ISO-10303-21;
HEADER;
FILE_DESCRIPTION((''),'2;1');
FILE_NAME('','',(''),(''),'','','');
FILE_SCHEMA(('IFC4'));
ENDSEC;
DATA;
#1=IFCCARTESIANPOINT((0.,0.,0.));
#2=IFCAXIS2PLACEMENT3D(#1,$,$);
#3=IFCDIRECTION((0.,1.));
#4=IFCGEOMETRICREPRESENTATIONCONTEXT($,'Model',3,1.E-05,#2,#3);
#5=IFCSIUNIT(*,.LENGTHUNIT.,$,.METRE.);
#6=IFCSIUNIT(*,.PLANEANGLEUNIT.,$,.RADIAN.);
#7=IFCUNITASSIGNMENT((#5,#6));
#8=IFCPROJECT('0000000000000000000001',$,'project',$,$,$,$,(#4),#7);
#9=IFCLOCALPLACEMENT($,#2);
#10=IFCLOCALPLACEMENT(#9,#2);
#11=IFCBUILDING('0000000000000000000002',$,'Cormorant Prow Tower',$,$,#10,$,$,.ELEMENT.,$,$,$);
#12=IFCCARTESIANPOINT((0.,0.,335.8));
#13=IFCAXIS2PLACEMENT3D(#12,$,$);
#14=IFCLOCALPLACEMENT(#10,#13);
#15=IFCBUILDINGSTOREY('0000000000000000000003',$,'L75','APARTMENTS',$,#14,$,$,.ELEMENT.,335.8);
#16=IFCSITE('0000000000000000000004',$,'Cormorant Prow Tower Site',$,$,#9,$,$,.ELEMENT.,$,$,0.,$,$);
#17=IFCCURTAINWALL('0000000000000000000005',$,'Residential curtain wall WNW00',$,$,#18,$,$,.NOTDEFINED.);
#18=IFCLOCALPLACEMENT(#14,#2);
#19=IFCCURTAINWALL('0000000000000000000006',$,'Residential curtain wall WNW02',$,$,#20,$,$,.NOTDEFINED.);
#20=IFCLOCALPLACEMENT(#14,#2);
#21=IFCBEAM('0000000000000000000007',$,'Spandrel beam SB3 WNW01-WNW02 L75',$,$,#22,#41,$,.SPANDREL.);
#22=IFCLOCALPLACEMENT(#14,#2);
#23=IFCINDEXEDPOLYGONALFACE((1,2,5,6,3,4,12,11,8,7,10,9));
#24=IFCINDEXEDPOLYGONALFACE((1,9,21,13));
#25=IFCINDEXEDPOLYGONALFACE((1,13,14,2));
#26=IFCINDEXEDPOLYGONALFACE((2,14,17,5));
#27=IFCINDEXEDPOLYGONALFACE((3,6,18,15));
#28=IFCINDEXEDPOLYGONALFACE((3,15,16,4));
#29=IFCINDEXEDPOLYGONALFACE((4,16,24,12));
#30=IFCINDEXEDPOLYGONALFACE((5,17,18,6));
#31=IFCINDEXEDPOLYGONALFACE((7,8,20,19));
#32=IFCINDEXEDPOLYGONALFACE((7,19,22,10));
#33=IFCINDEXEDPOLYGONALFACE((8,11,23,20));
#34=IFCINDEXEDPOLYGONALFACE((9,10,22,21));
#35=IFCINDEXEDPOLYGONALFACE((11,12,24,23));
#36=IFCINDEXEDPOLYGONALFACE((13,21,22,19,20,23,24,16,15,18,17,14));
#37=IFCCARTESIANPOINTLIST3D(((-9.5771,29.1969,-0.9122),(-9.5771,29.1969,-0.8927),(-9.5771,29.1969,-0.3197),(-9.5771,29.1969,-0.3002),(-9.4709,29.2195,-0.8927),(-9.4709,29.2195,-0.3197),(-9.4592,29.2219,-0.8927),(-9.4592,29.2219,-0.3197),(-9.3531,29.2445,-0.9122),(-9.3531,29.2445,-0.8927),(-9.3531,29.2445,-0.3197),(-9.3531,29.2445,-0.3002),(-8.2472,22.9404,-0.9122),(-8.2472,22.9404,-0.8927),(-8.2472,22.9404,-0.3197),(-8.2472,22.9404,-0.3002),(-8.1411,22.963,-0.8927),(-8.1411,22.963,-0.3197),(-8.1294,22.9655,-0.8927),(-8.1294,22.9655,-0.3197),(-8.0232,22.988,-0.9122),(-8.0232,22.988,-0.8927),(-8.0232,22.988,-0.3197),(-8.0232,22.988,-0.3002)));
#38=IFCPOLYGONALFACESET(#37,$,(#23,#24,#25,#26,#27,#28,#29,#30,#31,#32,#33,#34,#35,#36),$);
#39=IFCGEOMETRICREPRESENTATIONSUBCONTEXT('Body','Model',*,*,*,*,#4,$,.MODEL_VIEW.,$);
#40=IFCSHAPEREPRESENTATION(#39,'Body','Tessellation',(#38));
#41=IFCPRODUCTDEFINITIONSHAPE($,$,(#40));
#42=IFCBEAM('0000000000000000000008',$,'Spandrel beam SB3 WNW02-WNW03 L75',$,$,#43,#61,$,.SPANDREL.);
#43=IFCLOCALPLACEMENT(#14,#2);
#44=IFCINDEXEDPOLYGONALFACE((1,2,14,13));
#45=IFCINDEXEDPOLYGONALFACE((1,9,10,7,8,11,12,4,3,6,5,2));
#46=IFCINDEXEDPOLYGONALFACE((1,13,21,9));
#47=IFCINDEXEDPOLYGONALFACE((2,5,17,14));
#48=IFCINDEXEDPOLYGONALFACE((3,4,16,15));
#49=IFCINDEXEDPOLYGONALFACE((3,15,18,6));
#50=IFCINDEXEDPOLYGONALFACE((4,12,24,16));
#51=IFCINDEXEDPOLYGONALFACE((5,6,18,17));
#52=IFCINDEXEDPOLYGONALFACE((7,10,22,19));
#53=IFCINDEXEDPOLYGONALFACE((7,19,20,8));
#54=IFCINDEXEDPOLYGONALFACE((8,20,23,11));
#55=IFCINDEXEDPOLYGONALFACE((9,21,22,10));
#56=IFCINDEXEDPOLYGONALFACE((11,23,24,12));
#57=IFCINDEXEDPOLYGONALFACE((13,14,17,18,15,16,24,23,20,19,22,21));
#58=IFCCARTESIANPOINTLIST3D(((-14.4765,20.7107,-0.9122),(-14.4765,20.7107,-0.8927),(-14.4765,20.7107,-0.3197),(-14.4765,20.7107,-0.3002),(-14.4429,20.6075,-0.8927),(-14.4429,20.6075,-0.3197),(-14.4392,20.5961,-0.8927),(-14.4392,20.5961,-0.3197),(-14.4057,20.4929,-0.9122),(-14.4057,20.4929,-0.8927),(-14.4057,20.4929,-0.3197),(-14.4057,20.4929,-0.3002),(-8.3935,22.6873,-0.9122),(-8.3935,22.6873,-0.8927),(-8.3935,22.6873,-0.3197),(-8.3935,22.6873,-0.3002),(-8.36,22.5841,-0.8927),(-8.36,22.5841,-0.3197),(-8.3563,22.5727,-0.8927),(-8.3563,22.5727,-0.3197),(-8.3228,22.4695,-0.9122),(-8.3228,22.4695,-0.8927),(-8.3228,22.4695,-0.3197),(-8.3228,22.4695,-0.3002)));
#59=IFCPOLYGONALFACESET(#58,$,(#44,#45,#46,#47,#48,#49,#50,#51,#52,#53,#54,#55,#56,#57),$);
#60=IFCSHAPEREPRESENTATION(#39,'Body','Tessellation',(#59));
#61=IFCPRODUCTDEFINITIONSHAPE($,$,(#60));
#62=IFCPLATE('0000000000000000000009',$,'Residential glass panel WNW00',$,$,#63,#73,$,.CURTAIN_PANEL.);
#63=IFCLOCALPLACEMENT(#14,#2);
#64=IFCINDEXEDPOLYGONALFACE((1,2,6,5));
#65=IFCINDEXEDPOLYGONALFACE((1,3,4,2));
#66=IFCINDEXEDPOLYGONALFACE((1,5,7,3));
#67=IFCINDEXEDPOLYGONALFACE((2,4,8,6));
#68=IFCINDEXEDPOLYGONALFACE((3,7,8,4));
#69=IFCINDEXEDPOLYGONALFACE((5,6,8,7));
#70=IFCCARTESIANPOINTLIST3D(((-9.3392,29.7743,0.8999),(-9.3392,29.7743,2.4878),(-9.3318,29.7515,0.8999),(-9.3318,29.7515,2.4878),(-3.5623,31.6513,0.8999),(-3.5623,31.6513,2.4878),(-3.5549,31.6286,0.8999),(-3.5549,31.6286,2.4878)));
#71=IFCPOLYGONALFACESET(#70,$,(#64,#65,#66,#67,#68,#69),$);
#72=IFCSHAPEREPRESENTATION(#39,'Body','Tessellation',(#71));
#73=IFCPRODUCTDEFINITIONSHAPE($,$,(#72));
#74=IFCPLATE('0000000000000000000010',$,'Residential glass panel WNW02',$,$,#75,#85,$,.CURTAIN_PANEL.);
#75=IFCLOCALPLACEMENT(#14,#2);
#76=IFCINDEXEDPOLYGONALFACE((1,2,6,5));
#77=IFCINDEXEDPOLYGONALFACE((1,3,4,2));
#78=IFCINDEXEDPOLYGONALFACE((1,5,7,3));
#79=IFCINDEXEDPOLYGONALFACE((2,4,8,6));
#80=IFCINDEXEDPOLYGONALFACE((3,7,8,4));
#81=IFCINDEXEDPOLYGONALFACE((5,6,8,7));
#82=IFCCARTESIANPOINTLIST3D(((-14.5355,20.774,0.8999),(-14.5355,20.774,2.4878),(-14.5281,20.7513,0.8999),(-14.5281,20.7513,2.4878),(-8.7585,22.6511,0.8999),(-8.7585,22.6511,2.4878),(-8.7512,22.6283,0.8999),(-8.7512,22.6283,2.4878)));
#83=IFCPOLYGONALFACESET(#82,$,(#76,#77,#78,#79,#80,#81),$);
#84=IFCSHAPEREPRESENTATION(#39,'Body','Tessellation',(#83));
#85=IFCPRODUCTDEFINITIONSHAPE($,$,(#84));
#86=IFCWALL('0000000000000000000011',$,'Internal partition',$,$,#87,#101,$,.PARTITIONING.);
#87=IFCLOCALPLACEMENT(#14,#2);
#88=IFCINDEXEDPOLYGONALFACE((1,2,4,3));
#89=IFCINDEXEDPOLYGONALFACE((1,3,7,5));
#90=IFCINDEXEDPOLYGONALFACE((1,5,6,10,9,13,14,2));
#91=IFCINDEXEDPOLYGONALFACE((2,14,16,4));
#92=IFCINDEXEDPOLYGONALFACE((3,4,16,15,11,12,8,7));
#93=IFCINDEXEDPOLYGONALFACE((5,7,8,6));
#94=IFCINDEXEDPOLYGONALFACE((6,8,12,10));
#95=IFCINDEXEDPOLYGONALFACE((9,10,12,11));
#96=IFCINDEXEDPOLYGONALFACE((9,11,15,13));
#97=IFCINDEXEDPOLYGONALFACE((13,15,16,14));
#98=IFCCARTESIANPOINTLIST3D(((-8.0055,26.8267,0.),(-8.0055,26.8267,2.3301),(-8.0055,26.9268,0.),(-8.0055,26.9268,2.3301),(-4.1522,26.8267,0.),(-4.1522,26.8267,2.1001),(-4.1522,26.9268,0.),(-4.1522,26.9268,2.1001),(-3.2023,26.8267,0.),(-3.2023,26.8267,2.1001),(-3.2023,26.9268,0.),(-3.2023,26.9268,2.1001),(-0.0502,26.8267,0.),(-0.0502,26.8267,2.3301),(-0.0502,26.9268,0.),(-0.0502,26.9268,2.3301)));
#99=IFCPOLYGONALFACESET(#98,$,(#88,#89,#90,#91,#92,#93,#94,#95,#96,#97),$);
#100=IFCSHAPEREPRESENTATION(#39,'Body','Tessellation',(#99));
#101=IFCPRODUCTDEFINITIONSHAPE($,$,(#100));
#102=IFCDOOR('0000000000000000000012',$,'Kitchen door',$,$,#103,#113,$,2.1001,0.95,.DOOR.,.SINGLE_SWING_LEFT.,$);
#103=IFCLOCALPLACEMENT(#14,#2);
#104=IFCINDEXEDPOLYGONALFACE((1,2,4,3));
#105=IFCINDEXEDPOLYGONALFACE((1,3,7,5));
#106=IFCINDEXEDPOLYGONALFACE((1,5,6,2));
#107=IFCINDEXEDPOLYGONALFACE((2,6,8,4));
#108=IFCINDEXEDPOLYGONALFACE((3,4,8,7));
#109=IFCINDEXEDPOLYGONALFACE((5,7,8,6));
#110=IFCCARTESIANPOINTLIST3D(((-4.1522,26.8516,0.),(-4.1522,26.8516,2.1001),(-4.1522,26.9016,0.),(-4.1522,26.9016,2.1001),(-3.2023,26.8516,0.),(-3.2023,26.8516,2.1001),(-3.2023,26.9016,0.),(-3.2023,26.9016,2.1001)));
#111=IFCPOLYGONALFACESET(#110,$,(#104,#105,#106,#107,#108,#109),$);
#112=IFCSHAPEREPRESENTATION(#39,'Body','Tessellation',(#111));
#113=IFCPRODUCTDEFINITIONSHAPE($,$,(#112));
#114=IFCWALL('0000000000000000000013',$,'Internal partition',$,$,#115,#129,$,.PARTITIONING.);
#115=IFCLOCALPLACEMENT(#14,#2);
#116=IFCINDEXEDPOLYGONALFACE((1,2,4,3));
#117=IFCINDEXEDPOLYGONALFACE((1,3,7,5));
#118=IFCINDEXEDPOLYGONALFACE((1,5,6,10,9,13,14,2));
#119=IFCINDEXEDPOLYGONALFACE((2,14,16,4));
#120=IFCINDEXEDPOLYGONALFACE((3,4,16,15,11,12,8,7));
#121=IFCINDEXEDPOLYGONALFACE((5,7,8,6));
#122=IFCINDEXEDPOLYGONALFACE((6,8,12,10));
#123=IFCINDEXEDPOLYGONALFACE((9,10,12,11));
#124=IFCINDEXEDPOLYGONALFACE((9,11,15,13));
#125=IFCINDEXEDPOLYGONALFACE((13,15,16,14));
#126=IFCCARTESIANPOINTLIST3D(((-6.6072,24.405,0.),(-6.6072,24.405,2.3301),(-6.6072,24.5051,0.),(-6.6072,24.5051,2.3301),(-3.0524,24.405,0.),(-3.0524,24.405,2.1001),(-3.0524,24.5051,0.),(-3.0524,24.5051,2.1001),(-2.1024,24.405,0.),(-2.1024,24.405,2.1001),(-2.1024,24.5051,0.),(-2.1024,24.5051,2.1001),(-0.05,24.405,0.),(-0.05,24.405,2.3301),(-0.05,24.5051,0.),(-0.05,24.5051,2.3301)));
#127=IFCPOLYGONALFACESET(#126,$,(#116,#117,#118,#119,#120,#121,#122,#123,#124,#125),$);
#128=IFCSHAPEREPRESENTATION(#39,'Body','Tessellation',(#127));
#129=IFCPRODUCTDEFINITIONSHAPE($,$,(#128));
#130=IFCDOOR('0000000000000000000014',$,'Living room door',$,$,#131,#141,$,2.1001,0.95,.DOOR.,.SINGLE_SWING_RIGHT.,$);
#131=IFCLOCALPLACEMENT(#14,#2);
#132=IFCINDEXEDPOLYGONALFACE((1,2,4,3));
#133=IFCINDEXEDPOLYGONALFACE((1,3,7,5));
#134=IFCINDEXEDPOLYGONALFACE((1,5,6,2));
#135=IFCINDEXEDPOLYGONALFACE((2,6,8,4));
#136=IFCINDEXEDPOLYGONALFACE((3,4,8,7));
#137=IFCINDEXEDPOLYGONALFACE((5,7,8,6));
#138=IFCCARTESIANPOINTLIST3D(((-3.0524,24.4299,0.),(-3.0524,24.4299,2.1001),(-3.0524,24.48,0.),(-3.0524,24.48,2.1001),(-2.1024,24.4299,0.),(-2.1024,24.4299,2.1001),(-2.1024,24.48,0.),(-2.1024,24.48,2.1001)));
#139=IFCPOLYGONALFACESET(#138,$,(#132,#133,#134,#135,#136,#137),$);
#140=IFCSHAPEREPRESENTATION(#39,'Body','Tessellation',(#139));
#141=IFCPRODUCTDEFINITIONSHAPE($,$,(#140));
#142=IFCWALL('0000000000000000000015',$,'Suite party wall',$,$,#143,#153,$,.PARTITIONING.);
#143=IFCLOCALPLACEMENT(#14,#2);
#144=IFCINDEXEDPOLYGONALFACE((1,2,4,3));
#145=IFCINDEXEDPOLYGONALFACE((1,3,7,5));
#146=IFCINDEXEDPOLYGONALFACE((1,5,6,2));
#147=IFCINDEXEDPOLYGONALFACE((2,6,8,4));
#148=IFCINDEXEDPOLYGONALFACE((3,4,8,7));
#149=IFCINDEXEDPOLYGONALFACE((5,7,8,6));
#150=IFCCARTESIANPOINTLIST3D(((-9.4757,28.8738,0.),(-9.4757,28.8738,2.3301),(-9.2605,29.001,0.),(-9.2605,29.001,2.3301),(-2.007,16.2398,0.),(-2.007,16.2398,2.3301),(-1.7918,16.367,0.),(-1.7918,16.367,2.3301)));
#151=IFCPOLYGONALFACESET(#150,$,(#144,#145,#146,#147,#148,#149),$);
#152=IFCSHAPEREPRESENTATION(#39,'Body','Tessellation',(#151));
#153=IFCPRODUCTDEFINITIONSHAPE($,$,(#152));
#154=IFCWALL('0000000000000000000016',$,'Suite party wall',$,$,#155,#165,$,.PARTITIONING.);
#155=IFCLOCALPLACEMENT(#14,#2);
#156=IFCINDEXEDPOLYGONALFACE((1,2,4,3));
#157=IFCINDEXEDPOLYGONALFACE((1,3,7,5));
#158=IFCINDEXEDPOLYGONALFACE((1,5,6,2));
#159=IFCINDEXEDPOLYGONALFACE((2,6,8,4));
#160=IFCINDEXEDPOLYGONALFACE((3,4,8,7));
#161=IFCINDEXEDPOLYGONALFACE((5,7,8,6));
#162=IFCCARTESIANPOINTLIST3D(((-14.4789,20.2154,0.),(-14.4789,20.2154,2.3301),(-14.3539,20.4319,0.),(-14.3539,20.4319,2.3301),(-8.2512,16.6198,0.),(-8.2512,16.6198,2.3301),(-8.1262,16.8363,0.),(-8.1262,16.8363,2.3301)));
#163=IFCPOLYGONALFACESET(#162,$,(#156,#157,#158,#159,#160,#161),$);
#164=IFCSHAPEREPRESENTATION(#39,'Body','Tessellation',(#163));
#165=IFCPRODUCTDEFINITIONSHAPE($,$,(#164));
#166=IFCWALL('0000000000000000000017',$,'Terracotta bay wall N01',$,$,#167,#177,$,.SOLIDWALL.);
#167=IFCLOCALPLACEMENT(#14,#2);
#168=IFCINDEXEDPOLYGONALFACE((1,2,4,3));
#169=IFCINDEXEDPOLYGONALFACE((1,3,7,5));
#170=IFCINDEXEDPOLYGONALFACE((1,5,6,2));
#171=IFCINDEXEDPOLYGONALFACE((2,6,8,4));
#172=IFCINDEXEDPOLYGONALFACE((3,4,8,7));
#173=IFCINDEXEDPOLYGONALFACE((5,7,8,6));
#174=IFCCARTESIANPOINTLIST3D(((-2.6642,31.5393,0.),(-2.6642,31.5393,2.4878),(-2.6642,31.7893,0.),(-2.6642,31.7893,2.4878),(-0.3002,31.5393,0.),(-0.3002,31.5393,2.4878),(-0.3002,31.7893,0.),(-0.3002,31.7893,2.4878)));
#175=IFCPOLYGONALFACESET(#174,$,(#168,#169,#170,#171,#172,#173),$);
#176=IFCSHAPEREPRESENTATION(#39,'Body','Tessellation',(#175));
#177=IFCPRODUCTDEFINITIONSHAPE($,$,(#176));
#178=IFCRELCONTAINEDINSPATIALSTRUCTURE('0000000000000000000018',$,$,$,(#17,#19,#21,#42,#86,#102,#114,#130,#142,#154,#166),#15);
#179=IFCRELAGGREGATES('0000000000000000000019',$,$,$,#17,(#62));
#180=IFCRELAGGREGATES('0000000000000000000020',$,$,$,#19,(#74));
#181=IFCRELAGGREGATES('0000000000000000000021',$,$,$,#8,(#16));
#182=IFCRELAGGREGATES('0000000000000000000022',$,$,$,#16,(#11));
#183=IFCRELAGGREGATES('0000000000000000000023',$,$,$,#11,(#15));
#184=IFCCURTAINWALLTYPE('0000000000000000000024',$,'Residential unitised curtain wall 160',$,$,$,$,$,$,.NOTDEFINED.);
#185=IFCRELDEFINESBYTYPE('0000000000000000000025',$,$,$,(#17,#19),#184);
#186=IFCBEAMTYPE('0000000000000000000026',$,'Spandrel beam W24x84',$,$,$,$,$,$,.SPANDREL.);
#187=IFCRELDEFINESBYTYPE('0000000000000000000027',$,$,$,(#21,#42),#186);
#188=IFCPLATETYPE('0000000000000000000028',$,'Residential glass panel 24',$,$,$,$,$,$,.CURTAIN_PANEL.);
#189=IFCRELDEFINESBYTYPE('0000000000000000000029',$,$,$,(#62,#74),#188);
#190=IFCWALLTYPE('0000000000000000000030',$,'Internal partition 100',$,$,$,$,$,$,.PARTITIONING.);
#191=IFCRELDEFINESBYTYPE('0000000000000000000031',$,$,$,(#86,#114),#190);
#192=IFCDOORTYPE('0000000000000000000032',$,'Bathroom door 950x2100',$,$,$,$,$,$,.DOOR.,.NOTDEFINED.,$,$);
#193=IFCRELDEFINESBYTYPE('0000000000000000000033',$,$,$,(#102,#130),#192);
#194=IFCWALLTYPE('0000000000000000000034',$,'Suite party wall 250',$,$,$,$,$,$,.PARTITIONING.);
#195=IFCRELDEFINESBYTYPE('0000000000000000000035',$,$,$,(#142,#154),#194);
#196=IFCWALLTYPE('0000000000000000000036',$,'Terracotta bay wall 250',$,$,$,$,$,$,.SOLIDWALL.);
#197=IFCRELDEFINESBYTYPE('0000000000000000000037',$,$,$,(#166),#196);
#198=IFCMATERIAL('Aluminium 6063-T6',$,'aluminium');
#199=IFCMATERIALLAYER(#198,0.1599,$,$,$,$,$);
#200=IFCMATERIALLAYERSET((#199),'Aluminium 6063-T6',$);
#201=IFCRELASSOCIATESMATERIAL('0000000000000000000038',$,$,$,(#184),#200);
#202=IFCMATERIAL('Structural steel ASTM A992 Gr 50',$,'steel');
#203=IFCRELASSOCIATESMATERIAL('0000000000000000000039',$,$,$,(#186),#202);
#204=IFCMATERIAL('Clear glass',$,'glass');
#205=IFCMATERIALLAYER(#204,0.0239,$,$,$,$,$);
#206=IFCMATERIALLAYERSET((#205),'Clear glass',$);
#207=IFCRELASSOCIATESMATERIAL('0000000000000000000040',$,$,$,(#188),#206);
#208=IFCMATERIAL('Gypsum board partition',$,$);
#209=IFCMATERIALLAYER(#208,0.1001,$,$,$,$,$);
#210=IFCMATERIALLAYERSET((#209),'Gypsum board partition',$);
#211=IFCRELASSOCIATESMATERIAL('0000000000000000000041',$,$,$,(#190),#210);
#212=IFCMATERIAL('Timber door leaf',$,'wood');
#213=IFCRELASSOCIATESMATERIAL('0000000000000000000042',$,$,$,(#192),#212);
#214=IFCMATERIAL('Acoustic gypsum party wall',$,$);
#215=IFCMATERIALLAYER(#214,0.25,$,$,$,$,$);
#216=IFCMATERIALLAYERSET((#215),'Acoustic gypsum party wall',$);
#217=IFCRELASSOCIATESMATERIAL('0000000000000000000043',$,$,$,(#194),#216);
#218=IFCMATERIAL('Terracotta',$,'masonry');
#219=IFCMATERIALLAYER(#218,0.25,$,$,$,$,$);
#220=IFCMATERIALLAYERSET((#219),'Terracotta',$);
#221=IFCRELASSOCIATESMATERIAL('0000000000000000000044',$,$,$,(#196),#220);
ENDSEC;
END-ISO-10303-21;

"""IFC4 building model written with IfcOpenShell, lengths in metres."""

from ifc_helpers import new_model, si_unit, direction, frame, frame_2d, origin, origin_2d, place, context, subcontext, project, spatial, rectangle, i_section, extrude, material, layer, layer_set, material_profile, profile_set, type_object, element, fill, aggregate, save


model = new_model("IFC4")

# Units and contexts
model_context = context("Model", 3, precision=1e-05, world=origin(), true_north=direction((0.0, 1.0)))
body_context = subcontext(model_context, "Body", "Model", "MODEL_VIEW")
ifc_project = project(units=[si_unit("LENGTHUNIT", "METRE"), si_unit("PLANEANGLEUNIT", "RADIAN")], contexts=[model_context])

# Site, building, storey
site_placement = place(None, origin())
site = spatial("IfcSite", under=ifc_project, at=site_placement, Name="Cormorant Prow Tower Site", CompositionType="ELEMENT", RefElevation=0.0)
building_placement = place(site_placement, origin())
building = spatial("IfcBuilding", under=site, at=building_placement, Name="Cormorant Prow Tower", CompositionType="ELEMENT")
storey_placement = place(building_placement, frame((0.0, 0.0, 335.8)))
storey = spatial("IfcBuildingStorey", under=building, at=storey_placement, Name="L75", Description="APARTMENTS", CompositionType="ELEMENT", Elevation=335.8)

# Curtain walls
ifc_material_1 = material(Name="Aluminium 6063-T6", Category="aluminium")
ifc_layer_1 = layer(ifc_material_1, 0.1599)
ifc_layer_set_1 = layer_set([ifc_layer_1], Name="Aluminium 6063-T6")
curtain_wall_type = type_object("IfcCurtainWallType", Name="Residential unitised curtain wall 160", PredefinedType="NOTDEFINED", material=ifc_layer_set_1)
curtain_wall_1_placement = place(storey_placement, origin())
curtain_wall_1 = element("IfcCurtainWall", 1, at=curtain_wall_1_placement, inside=storey, type_object=curtain_wall_type, Name="Residential curtain wall WNW00", PredefinedType="NOTDEFINED")
curtain_wall_2_placement = place(storey_placement, origin())
curtain_wall_2 = element("IfcCurtainWall", 2, at=curtain_wall_2_placement, inside=storey, type_object=curtain_wall_type, Name="Residential curtain wall WNW02", PredefinedType="NOTDEFINED")

# Beams
ifc_material_2 = material(Name="Structural steel ASTM A992 Gr 50", Category="steel")
ifc_material_profile_1 = material_profile(ifc_material_2, i_section(OverallWidth=0.229, OverallDepth=0.6121, WebThickness=0.012, FlangeThickness=0.0195, at=origin_2d()), Name="W24x84")
ifc_profile_set_1 = profile_set([ifc_material_profile_1], Name="Structural steel ASTM A992 Gr 50")
beam_type = type_object("IfcBeamType", Name="Spandrel beam W24x84", PredefinedType="SPANDREL", material=ifc_profile_set_1)
beam_1_placement = place(storey_placement, frame((-9.4651, 29.2207, -0.6062), z_axis=(0.207913, -0.978147, 0.0), x_axis=(0.978147, 0.207913, 0.0)))
element("IfcBeam", 3, at=beam_1_placement, inside=storey, type_object=beam_type, Name="Spandrel beam SB3 WNW01-WNW02 L75", PredefinedType="SPANDREL", context=body_context, shape_type="SweptSolid", body=[
    extrude(i_section(OverallWidth=0.229, OverallDepth=0.6121, WebThickness=0.012, FlangeThickness=0.0195, at=origin_2d()), origin(), (0.0, 0.0, 1.0), 6.3962),
])
beam_2_placement = place(storey_placement, frame((-8.3582, 22.5784, -0.6062), z_axis=(-0.951053, -0.309027, 0.0), x_axis=(0.309027, -0.951053, 0.0)))
element("IfcBeam", 4, at=beam_2_placement, inside=storey, type_object=beam_type, Name="Spandrel beam SB3 WNW02-WNW03 L75", PredefinedType="SPANDREL", context=body_context, shape_type="SweptSolid", body=[
    extrude(i_section(OverallWidth=0.229, OverallDepth=0.6121, WebThickness=0.012, FlangeThickness=0.0195, at=origin_2d()), origin(), (0.0, 0.0, 1.0), 6.396),
])

# Plates
ifc_material_3 = material(Name="Clear glass", Category="glass")
ifc_layer_2 = layer(ifc_material_3, 0.0239)
ifc_layer_set_2 = layer_set([ifc_layer_2], Name="Clear glass")
plate_type = type_object("IfcPlateType", Name="Residential glass panel 24", PredefinedType="CURTAIN_PANEL", material=ifc_layer_set_2)
plate_1_placement = place(storey_placement, frame((-6.447, 30.7014, 0.8999), z_axis=(0.0, 0.0, 1.0), x_axis=(-0.951057, -0.309017, 0.0)))
plate_1 = element("IfcPlate", 5, at=plate_1_placement, type_object=plate_type, Name="Residential glass panel WNW00", PredefinedType="CURTAIN_PANEL", context=body_context, shape_type="SweptSolid", body=[
    extrude(rectangle(XDim=6.0742, YDim=0.0239, at=origin_2d()), origin(), (0.0, 0.0, 1.0), 1.5879),
])
aggregate(curtain_wall_1, [plate_1])
plate_2_placement = place(storey_placement, frame((-11.6433, 21.7012, 0.8999), z_axis=(0.0, 0.0, 1.0), x_axis=(-0.951057, -0.309017, 0.0)))
plate_2 = element("IfcPlate", 6, at=plate_2_placement, type_object=plate_type, Name="Residential glass panel WNW02", PredefinedType="CURTAIN_PANEL", context=body_context, shape_type="SweptSolid", body=[
    extrude(rectangle(XDim=6.0742, YDim=0.0239, at=origin_2d()), origin(), (0.0, 0.0, 1.0), 1.5879),
])
aggregate(curtain_wall_2, [plate_2])

# Walls, openings, doors
ifc_material_4 = material(Name="Gypsum board partition")
ifc_layer_3 = layer(ifc_material_4, 0.1001)
ifc_layer_set_3 = layer_set([ifc_layer_3], Name="Gypsum board partition")
wall_type_1 = type_object("IfcWallType", Name="Internal partition 100", PredefinedType="PARTITIONING", material=ifc_layer_set_3)
wall_1_placement = place(storey_placement, frame((-8.0054, 26.8767, 0.0), z_axis=(0.0, 0.0, 1.0), x_axis=(1.0, 0.0, 0.0)))
wall_1 = element("IfcWall", 7, at=wall_1_placement, inside=storey, type_object=wall_type_1, Name="Internal partition", PredefinedType="PARTITIONING", context=body_context, shape_type="SweptSolid", body=[
    extrude(rectangle(XDim=7.9553, YDim=0.1001, at=frame_2d((3.9775, 0.0))), origin(), (0.0, 0.0, 1.0), 2.3301),
])
opening_1_placement = place(wall_1_placement, frame((3.853, 0.0, 0.0)))
opening_1 = element("IfcOpeningElement", 8, at=opening_1_placement, cuts=wall_1, PredefinedType="OPENING", context=body_context, shape_type="SweptSolid", body=[
    extrude(rectangle(XDim=0.95, YDim=2.1001, at=frame_2d((0.4751, 1.05))), frame((0.0, 0.0601, 0.0), z_axis=(0.0, -1.0, 0.0), x_axis=(1.0, 0.0, 0.0)), (0.0, 0.0, 1.0), 0.1201),
])
ifc_material_5 = material(Name="Timber door leaf", Category="wood")
door_type_1 = type_object("IfcDoorType", Name="Bathroom door 950x2100", OperationType="NOTDEFINED", PredefinedType="DOOR", material=ifc_material_5)
door_1_placement = place(opening_1_placement, origin())
door_1 = element("IfcDoor", 9, at=door_1_placement, inside=storey, type_object=door_type_1, Name="Kitchen door", OperationType="SINGLE_SWING_LEFT", OverallHeight=2.1001, OverallWidth=0.95, PredefinedType="DOOR", context=body_context, shape_type="SweptSolid", body=[
    extrude(rectangle(XDim=0.95, YDim=2.1001, at=frame_2d((0.4751, 1.05))), frame((0.0, 0.0249, 0.0), z_axis=(0.0, -1.0, 0.0), x_axis=(1.0, 0.0, 0.0)), (0.0, 0.0, 1.0), 0.05),
])
fill(opening_1, door_1)
wall_2_placement = place(storey_placement, frame((-6.6072, 24.4551, 0.0), z_axis=(0.0, 0.0, 1.0), x_axis=(1.0, 0.0, 0.0)))
wall_2 = element("IfcWall", 10, at=wall_2_placement, inside=storey, type_object=wall_type_1, Name="Internal partition", PredefinedType="PARTITIONING", context=body_context, shape_type="SweptSolid", body=[
    extrude(rectangle(XDim=6.5571, YDim=0.1001, at=frame_2d((3.2786, 0.0))), origin(), (0.0, 0.0, 1.0), 2.3301),
])
opening_2_placement = place(wall_2_placement, frame((3.5547, 0.0, 0.0)))
opening_2 = element("IfcOpeningElement", 11, at=opening_2_placement, cuts=wall_2, PredefinedType="OPENING", context=body_context, shape_type="SweptSolid", body=[
    extrude(rectangle(XDim=0.95, YDim=2.1001, at=frame_2d((0.4751, 1.05))), frame((0.0, 0.0601, 0.0), z_axis=(0.0, -1.0, 0.0), x_axis=(1.0, 0.0, 0.0)), (0.0, 0.0, 1.0), 0.1201),
])
door_2_placement = place(opening_2_placement, origin())
door_2 = element("IfcDoor", 12, at=door_2_placement, inside=storey, type_object=door_type_1, Name="Living room door", OperationType="SINGLE_SWING_RIGHT", OverallHeight=2.1001, OverallWidth=0.95, PredefinedType="DOOR", context=body_context, shape_type="SweptSolid", body=[
    extrude(rectangle(XDim=0.95, YDim=2.1001, at=frame_2d((0.4751, 1.05))), frame((0.0, 0.0249, 0.0), z_axis=(0.0, -1.0, 0.0), x_axis=(1.0, 0.0, 0.0)), (0.0, 0.0, 1.0), 0.05),
])
fill(opening_2, door_2)

# Walls
ifc_material_6 = material(Name="Acoustic gypsum party wall")
ifc_layer_4 = layer(ifc_material_6, 0.25)
ifc_layer_set_4 = layer_set([ifc_layer_4], Name="Acoustic gypsum party wall")
wall_type_2 = type_object("IfcWallType", Name="Suite party wall 250", PredefinedType="PARTITIONING", material=ifc_layer_set_4)
wall_3_placement = place(storey_placement, frame((-9.3682, 28.9375, 0.0), z_axis=(0.0, 0.0, 1.0), x_axis=(0.50889, -0.860831, 0.0)))
element("IfcWall", 13, at=wall_3_placement, inside=storey, type_object=wall_type_2, Name="Suite party wall", PredefinedType="PARTITIONING", context=body_context, shape_type="SweptSolid", body=[
    extrude(rectangle(XDim=14.6765, YDim=0.25, at=frame_2d((7.3384, 0.0))), origin(), (0.0, 0.0, 1.0), 2.3301),
])
wall_4_placement = place(storey_placement, frame((-14.4165, 20.3237, 0.0), z_axis=(0.0, 0.0, 1.0), x_axis=(0.86602, -0.500009, 0.0)))
element("IfcWall", 14, at=wall_4_placement, inside=storey, type_object=wall_type_2, Name="Suite party wall", PredefinedType="PARTITIONING", context=body_context, shape_type="SweptSolid", body=[
    extrude(rectangle(XDim=7.1912, YDim=0.25, at=frame_2d((3.5957, 0.0))), origin(), (0.0, 0.0, 1.0), 2.3301),
])
ifc_material_7 = material(Name="Terracotta", Category="masonry")
ifc_layer_5 = layer(ifc_material_7, 0.25)
ifc_layer_set_5 = layer_set([ifc_layer_5], Name="Terracotta")
wall_type_3 = type_object("IfcWallType", Name="Terracotta bay wall 250", PredefinedType="SOLIDWALL", material=ifc_layer_set_5)
wall_5_placement = place(storey_placement, frame((-0.3, 31.6643, 0.0), z_axis=(0.0, 0.0, 1.0), x_axis=(-1.0, 0.0, 0.0)))
element("IfcWall", 15, at=wall_5_placement, inside=storey, type_object=wall_type_3, Name="Terracotta bay wall N01", PredefinedType="SOLIDWALL", context=body_context, shape_type="SweptSolid", body=[
    extrude(rectangle(XDim=2.364, YDim=0.25, at=frame_2d((1.1821, 0.0))), origin(), (0.0, 0.0, 1.0), 2.4878),
])

save(model, "model.ifc")
